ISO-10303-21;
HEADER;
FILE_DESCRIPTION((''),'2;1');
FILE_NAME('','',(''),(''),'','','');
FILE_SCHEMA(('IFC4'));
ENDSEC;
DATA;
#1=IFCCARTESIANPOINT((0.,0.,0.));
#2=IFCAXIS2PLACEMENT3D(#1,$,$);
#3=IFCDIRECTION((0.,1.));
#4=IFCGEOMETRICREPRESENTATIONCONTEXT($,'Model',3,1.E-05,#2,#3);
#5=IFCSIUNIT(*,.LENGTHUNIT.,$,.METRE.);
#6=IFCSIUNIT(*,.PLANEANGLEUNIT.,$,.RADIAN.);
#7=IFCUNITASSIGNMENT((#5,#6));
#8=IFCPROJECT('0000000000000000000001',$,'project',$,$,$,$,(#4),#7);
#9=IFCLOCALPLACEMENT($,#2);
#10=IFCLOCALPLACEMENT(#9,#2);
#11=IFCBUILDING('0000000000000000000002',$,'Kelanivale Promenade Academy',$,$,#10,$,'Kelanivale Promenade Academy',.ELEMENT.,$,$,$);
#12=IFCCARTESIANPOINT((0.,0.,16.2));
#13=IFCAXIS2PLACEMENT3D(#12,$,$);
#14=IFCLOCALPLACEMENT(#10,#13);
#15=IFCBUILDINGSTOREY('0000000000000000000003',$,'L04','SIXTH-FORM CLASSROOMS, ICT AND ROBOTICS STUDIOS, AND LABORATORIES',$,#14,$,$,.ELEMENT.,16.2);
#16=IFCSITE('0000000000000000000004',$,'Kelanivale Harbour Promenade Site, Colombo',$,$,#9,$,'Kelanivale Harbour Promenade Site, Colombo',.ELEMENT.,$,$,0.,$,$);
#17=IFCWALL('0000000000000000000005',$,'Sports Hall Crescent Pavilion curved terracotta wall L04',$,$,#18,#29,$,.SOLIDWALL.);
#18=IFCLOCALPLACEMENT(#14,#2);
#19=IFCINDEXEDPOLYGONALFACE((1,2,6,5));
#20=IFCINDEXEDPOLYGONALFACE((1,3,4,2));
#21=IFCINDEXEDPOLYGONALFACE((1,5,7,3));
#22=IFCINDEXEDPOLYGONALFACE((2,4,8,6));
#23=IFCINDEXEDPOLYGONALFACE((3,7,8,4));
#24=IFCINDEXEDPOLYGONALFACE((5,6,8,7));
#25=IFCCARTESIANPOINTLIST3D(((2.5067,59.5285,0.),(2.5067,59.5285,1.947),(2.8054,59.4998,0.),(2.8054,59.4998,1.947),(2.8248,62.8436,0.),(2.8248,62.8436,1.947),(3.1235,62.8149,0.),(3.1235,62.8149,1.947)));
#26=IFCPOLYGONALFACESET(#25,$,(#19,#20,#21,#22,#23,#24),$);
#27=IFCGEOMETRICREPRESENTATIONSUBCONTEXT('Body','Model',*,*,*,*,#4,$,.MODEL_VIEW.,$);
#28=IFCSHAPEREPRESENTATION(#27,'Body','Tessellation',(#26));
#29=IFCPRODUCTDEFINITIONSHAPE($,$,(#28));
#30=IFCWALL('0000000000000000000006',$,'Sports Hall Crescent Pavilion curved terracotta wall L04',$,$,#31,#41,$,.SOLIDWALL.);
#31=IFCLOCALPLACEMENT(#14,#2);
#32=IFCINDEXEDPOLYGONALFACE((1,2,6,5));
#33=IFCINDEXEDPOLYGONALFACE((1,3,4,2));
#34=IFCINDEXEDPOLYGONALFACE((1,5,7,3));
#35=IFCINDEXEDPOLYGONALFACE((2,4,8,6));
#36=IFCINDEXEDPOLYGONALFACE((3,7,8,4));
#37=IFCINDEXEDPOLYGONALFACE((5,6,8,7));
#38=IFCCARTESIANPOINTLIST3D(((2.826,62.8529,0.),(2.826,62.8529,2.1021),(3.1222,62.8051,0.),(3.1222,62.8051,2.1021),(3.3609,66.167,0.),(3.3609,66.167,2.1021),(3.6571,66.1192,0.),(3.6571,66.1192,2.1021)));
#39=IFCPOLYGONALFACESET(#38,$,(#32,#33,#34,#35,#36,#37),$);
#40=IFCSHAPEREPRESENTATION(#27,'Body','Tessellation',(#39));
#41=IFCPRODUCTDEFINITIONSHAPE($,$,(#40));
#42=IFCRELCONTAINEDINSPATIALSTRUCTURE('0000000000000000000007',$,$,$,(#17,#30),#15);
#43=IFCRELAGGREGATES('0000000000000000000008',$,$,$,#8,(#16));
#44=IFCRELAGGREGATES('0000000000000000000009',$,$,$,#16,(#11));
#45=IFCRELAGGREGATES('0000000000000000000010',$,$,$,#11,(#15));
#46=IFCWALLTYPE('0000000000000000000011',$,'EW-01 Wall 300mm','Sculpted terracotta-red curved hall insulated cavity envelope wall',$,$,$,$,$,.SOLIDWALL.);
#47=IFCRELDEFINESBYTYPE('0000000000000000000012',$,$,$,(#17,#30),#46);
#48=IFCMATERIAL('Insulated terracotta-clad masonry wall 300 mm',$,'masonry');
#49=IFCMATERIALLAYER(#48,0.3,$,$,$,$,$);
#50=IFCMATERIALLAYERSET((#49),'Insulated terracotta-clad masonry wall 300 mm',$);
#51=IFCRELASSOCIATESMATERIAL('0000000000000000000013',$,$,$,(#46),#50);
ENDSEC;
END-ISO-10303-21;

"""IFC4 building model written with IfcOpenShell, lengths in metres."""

from ifc_helpers import new_model, si_unit, direction, frame, frame_2d, origin, place, context, subcontext, project, spatial, rectangle, extrude, material, layer, layer_set, type_object, element, save


model = new_model("IFC4")

# Units and contexts
model_context = context("Model", 3, precision=1e-05, world=origin(), true_north=direction((0.0, 1.0)))
body_context = subcontext(model_context, "Body", "Model", "MODEL_VIEW")
ifc_project = project(units=[si_unit("LENGTHUNIT", "METRE"), si_unit("PLANEANGLEUNIT", "RADIAN")], contexts=[model_context])

# Site, building, storey
site_placement = place(None, origin())
site = spatial("IfcSite", under=ifc_project, at=site_placement, Name="Kelanivale Harbour Promenade Site, Colombo", LongName="Kelanivale Harbour Promenade Site, Colombo", CompositionType="ELEMENT", RefElevation=0.0)
building_placement = place(site_placement, origin())
building = spatial("IfcBuilding", under=site, at=building_placement, Name="Kelanivale Promenade Academy", LongName="Kelanivale Promenade Academy", CompositionType="ELEMENT")
storey_placement = place(building_placement, frame((0.0, 0.0, 16.2)))
storey = spatial("IfcBuildingStorey", under=building, at=storey_placement, Name="L04", Description="SIXTH-FORM CLASSROOMS, ICT AND ROBOTICS STUDIOS, AND LABORATORIES", CompositionType="ELEMENT", Elevation=16.2)

# Walls
ifc_material_1 = material(Name="Insulated terracotta-clad masonry wall 300 mm", Category="masonry")
ifc_layer_1 = layer(ifc_material_1, 0.3)
ifc_layer_set_1 = layer_set([ifc_layer_1], Name="Insulated terracotta-clad masonry wall 300 mm")
wall_type = type_object("IfcWallType", Name="EW-01 Wall 300mm", Description="Sculpted terracotta-red curved hall insulated cavity envelope wall", PredefinedType="SOLIDWALL", material=ifc_layer_set_1)
wall_1_placement = place(storey_placement, frame((2.9741, 62.8291, 0.0), z_axis=(0.0, 0.0, 1.0), x_axis=(-0.095518, -0.995428, 0.0)))
element("IfcWall", 1, at=wall_1_placement, inside=storey, type_object=wall_type, Name="Sports Hall Crescent Pavilion curved terracotta wall L04", PredefinedType="SOLIDWALL", context=body_context, shape_type="SweptSolid", body=[
    extrude(rectangle(XDim=3.3303, YDim=0.3, at=frame_2d((1.665, 0.0))), origin(), (0.0, 0.0, 1.0), 1.947),
])
wall_2_placement = place(storey_placement, frame((3.509, 66.1431, 0.0), z_axis=(0.0, 0.0, 1.0), x_axis=(-0.159349, -0.987222, 0.0)))
element("IfcWall", 2, at=wall_2_placement, inside=storey, type_object=wall_type, Name="Sports Hall Crescent Pavilion curved terracotta wall L04", PredefinedType="SOLIDWALL", context=body_context, shape_type="SweptSolid", body=[
    extrude(rectangle(XDim=3.3569, YDim=0.3, at=frame_2d((1.6785, 0.0))), origin(), (0.0, 0.0, 1.0), 2.1021),
])

save(model, "model.ifc")
